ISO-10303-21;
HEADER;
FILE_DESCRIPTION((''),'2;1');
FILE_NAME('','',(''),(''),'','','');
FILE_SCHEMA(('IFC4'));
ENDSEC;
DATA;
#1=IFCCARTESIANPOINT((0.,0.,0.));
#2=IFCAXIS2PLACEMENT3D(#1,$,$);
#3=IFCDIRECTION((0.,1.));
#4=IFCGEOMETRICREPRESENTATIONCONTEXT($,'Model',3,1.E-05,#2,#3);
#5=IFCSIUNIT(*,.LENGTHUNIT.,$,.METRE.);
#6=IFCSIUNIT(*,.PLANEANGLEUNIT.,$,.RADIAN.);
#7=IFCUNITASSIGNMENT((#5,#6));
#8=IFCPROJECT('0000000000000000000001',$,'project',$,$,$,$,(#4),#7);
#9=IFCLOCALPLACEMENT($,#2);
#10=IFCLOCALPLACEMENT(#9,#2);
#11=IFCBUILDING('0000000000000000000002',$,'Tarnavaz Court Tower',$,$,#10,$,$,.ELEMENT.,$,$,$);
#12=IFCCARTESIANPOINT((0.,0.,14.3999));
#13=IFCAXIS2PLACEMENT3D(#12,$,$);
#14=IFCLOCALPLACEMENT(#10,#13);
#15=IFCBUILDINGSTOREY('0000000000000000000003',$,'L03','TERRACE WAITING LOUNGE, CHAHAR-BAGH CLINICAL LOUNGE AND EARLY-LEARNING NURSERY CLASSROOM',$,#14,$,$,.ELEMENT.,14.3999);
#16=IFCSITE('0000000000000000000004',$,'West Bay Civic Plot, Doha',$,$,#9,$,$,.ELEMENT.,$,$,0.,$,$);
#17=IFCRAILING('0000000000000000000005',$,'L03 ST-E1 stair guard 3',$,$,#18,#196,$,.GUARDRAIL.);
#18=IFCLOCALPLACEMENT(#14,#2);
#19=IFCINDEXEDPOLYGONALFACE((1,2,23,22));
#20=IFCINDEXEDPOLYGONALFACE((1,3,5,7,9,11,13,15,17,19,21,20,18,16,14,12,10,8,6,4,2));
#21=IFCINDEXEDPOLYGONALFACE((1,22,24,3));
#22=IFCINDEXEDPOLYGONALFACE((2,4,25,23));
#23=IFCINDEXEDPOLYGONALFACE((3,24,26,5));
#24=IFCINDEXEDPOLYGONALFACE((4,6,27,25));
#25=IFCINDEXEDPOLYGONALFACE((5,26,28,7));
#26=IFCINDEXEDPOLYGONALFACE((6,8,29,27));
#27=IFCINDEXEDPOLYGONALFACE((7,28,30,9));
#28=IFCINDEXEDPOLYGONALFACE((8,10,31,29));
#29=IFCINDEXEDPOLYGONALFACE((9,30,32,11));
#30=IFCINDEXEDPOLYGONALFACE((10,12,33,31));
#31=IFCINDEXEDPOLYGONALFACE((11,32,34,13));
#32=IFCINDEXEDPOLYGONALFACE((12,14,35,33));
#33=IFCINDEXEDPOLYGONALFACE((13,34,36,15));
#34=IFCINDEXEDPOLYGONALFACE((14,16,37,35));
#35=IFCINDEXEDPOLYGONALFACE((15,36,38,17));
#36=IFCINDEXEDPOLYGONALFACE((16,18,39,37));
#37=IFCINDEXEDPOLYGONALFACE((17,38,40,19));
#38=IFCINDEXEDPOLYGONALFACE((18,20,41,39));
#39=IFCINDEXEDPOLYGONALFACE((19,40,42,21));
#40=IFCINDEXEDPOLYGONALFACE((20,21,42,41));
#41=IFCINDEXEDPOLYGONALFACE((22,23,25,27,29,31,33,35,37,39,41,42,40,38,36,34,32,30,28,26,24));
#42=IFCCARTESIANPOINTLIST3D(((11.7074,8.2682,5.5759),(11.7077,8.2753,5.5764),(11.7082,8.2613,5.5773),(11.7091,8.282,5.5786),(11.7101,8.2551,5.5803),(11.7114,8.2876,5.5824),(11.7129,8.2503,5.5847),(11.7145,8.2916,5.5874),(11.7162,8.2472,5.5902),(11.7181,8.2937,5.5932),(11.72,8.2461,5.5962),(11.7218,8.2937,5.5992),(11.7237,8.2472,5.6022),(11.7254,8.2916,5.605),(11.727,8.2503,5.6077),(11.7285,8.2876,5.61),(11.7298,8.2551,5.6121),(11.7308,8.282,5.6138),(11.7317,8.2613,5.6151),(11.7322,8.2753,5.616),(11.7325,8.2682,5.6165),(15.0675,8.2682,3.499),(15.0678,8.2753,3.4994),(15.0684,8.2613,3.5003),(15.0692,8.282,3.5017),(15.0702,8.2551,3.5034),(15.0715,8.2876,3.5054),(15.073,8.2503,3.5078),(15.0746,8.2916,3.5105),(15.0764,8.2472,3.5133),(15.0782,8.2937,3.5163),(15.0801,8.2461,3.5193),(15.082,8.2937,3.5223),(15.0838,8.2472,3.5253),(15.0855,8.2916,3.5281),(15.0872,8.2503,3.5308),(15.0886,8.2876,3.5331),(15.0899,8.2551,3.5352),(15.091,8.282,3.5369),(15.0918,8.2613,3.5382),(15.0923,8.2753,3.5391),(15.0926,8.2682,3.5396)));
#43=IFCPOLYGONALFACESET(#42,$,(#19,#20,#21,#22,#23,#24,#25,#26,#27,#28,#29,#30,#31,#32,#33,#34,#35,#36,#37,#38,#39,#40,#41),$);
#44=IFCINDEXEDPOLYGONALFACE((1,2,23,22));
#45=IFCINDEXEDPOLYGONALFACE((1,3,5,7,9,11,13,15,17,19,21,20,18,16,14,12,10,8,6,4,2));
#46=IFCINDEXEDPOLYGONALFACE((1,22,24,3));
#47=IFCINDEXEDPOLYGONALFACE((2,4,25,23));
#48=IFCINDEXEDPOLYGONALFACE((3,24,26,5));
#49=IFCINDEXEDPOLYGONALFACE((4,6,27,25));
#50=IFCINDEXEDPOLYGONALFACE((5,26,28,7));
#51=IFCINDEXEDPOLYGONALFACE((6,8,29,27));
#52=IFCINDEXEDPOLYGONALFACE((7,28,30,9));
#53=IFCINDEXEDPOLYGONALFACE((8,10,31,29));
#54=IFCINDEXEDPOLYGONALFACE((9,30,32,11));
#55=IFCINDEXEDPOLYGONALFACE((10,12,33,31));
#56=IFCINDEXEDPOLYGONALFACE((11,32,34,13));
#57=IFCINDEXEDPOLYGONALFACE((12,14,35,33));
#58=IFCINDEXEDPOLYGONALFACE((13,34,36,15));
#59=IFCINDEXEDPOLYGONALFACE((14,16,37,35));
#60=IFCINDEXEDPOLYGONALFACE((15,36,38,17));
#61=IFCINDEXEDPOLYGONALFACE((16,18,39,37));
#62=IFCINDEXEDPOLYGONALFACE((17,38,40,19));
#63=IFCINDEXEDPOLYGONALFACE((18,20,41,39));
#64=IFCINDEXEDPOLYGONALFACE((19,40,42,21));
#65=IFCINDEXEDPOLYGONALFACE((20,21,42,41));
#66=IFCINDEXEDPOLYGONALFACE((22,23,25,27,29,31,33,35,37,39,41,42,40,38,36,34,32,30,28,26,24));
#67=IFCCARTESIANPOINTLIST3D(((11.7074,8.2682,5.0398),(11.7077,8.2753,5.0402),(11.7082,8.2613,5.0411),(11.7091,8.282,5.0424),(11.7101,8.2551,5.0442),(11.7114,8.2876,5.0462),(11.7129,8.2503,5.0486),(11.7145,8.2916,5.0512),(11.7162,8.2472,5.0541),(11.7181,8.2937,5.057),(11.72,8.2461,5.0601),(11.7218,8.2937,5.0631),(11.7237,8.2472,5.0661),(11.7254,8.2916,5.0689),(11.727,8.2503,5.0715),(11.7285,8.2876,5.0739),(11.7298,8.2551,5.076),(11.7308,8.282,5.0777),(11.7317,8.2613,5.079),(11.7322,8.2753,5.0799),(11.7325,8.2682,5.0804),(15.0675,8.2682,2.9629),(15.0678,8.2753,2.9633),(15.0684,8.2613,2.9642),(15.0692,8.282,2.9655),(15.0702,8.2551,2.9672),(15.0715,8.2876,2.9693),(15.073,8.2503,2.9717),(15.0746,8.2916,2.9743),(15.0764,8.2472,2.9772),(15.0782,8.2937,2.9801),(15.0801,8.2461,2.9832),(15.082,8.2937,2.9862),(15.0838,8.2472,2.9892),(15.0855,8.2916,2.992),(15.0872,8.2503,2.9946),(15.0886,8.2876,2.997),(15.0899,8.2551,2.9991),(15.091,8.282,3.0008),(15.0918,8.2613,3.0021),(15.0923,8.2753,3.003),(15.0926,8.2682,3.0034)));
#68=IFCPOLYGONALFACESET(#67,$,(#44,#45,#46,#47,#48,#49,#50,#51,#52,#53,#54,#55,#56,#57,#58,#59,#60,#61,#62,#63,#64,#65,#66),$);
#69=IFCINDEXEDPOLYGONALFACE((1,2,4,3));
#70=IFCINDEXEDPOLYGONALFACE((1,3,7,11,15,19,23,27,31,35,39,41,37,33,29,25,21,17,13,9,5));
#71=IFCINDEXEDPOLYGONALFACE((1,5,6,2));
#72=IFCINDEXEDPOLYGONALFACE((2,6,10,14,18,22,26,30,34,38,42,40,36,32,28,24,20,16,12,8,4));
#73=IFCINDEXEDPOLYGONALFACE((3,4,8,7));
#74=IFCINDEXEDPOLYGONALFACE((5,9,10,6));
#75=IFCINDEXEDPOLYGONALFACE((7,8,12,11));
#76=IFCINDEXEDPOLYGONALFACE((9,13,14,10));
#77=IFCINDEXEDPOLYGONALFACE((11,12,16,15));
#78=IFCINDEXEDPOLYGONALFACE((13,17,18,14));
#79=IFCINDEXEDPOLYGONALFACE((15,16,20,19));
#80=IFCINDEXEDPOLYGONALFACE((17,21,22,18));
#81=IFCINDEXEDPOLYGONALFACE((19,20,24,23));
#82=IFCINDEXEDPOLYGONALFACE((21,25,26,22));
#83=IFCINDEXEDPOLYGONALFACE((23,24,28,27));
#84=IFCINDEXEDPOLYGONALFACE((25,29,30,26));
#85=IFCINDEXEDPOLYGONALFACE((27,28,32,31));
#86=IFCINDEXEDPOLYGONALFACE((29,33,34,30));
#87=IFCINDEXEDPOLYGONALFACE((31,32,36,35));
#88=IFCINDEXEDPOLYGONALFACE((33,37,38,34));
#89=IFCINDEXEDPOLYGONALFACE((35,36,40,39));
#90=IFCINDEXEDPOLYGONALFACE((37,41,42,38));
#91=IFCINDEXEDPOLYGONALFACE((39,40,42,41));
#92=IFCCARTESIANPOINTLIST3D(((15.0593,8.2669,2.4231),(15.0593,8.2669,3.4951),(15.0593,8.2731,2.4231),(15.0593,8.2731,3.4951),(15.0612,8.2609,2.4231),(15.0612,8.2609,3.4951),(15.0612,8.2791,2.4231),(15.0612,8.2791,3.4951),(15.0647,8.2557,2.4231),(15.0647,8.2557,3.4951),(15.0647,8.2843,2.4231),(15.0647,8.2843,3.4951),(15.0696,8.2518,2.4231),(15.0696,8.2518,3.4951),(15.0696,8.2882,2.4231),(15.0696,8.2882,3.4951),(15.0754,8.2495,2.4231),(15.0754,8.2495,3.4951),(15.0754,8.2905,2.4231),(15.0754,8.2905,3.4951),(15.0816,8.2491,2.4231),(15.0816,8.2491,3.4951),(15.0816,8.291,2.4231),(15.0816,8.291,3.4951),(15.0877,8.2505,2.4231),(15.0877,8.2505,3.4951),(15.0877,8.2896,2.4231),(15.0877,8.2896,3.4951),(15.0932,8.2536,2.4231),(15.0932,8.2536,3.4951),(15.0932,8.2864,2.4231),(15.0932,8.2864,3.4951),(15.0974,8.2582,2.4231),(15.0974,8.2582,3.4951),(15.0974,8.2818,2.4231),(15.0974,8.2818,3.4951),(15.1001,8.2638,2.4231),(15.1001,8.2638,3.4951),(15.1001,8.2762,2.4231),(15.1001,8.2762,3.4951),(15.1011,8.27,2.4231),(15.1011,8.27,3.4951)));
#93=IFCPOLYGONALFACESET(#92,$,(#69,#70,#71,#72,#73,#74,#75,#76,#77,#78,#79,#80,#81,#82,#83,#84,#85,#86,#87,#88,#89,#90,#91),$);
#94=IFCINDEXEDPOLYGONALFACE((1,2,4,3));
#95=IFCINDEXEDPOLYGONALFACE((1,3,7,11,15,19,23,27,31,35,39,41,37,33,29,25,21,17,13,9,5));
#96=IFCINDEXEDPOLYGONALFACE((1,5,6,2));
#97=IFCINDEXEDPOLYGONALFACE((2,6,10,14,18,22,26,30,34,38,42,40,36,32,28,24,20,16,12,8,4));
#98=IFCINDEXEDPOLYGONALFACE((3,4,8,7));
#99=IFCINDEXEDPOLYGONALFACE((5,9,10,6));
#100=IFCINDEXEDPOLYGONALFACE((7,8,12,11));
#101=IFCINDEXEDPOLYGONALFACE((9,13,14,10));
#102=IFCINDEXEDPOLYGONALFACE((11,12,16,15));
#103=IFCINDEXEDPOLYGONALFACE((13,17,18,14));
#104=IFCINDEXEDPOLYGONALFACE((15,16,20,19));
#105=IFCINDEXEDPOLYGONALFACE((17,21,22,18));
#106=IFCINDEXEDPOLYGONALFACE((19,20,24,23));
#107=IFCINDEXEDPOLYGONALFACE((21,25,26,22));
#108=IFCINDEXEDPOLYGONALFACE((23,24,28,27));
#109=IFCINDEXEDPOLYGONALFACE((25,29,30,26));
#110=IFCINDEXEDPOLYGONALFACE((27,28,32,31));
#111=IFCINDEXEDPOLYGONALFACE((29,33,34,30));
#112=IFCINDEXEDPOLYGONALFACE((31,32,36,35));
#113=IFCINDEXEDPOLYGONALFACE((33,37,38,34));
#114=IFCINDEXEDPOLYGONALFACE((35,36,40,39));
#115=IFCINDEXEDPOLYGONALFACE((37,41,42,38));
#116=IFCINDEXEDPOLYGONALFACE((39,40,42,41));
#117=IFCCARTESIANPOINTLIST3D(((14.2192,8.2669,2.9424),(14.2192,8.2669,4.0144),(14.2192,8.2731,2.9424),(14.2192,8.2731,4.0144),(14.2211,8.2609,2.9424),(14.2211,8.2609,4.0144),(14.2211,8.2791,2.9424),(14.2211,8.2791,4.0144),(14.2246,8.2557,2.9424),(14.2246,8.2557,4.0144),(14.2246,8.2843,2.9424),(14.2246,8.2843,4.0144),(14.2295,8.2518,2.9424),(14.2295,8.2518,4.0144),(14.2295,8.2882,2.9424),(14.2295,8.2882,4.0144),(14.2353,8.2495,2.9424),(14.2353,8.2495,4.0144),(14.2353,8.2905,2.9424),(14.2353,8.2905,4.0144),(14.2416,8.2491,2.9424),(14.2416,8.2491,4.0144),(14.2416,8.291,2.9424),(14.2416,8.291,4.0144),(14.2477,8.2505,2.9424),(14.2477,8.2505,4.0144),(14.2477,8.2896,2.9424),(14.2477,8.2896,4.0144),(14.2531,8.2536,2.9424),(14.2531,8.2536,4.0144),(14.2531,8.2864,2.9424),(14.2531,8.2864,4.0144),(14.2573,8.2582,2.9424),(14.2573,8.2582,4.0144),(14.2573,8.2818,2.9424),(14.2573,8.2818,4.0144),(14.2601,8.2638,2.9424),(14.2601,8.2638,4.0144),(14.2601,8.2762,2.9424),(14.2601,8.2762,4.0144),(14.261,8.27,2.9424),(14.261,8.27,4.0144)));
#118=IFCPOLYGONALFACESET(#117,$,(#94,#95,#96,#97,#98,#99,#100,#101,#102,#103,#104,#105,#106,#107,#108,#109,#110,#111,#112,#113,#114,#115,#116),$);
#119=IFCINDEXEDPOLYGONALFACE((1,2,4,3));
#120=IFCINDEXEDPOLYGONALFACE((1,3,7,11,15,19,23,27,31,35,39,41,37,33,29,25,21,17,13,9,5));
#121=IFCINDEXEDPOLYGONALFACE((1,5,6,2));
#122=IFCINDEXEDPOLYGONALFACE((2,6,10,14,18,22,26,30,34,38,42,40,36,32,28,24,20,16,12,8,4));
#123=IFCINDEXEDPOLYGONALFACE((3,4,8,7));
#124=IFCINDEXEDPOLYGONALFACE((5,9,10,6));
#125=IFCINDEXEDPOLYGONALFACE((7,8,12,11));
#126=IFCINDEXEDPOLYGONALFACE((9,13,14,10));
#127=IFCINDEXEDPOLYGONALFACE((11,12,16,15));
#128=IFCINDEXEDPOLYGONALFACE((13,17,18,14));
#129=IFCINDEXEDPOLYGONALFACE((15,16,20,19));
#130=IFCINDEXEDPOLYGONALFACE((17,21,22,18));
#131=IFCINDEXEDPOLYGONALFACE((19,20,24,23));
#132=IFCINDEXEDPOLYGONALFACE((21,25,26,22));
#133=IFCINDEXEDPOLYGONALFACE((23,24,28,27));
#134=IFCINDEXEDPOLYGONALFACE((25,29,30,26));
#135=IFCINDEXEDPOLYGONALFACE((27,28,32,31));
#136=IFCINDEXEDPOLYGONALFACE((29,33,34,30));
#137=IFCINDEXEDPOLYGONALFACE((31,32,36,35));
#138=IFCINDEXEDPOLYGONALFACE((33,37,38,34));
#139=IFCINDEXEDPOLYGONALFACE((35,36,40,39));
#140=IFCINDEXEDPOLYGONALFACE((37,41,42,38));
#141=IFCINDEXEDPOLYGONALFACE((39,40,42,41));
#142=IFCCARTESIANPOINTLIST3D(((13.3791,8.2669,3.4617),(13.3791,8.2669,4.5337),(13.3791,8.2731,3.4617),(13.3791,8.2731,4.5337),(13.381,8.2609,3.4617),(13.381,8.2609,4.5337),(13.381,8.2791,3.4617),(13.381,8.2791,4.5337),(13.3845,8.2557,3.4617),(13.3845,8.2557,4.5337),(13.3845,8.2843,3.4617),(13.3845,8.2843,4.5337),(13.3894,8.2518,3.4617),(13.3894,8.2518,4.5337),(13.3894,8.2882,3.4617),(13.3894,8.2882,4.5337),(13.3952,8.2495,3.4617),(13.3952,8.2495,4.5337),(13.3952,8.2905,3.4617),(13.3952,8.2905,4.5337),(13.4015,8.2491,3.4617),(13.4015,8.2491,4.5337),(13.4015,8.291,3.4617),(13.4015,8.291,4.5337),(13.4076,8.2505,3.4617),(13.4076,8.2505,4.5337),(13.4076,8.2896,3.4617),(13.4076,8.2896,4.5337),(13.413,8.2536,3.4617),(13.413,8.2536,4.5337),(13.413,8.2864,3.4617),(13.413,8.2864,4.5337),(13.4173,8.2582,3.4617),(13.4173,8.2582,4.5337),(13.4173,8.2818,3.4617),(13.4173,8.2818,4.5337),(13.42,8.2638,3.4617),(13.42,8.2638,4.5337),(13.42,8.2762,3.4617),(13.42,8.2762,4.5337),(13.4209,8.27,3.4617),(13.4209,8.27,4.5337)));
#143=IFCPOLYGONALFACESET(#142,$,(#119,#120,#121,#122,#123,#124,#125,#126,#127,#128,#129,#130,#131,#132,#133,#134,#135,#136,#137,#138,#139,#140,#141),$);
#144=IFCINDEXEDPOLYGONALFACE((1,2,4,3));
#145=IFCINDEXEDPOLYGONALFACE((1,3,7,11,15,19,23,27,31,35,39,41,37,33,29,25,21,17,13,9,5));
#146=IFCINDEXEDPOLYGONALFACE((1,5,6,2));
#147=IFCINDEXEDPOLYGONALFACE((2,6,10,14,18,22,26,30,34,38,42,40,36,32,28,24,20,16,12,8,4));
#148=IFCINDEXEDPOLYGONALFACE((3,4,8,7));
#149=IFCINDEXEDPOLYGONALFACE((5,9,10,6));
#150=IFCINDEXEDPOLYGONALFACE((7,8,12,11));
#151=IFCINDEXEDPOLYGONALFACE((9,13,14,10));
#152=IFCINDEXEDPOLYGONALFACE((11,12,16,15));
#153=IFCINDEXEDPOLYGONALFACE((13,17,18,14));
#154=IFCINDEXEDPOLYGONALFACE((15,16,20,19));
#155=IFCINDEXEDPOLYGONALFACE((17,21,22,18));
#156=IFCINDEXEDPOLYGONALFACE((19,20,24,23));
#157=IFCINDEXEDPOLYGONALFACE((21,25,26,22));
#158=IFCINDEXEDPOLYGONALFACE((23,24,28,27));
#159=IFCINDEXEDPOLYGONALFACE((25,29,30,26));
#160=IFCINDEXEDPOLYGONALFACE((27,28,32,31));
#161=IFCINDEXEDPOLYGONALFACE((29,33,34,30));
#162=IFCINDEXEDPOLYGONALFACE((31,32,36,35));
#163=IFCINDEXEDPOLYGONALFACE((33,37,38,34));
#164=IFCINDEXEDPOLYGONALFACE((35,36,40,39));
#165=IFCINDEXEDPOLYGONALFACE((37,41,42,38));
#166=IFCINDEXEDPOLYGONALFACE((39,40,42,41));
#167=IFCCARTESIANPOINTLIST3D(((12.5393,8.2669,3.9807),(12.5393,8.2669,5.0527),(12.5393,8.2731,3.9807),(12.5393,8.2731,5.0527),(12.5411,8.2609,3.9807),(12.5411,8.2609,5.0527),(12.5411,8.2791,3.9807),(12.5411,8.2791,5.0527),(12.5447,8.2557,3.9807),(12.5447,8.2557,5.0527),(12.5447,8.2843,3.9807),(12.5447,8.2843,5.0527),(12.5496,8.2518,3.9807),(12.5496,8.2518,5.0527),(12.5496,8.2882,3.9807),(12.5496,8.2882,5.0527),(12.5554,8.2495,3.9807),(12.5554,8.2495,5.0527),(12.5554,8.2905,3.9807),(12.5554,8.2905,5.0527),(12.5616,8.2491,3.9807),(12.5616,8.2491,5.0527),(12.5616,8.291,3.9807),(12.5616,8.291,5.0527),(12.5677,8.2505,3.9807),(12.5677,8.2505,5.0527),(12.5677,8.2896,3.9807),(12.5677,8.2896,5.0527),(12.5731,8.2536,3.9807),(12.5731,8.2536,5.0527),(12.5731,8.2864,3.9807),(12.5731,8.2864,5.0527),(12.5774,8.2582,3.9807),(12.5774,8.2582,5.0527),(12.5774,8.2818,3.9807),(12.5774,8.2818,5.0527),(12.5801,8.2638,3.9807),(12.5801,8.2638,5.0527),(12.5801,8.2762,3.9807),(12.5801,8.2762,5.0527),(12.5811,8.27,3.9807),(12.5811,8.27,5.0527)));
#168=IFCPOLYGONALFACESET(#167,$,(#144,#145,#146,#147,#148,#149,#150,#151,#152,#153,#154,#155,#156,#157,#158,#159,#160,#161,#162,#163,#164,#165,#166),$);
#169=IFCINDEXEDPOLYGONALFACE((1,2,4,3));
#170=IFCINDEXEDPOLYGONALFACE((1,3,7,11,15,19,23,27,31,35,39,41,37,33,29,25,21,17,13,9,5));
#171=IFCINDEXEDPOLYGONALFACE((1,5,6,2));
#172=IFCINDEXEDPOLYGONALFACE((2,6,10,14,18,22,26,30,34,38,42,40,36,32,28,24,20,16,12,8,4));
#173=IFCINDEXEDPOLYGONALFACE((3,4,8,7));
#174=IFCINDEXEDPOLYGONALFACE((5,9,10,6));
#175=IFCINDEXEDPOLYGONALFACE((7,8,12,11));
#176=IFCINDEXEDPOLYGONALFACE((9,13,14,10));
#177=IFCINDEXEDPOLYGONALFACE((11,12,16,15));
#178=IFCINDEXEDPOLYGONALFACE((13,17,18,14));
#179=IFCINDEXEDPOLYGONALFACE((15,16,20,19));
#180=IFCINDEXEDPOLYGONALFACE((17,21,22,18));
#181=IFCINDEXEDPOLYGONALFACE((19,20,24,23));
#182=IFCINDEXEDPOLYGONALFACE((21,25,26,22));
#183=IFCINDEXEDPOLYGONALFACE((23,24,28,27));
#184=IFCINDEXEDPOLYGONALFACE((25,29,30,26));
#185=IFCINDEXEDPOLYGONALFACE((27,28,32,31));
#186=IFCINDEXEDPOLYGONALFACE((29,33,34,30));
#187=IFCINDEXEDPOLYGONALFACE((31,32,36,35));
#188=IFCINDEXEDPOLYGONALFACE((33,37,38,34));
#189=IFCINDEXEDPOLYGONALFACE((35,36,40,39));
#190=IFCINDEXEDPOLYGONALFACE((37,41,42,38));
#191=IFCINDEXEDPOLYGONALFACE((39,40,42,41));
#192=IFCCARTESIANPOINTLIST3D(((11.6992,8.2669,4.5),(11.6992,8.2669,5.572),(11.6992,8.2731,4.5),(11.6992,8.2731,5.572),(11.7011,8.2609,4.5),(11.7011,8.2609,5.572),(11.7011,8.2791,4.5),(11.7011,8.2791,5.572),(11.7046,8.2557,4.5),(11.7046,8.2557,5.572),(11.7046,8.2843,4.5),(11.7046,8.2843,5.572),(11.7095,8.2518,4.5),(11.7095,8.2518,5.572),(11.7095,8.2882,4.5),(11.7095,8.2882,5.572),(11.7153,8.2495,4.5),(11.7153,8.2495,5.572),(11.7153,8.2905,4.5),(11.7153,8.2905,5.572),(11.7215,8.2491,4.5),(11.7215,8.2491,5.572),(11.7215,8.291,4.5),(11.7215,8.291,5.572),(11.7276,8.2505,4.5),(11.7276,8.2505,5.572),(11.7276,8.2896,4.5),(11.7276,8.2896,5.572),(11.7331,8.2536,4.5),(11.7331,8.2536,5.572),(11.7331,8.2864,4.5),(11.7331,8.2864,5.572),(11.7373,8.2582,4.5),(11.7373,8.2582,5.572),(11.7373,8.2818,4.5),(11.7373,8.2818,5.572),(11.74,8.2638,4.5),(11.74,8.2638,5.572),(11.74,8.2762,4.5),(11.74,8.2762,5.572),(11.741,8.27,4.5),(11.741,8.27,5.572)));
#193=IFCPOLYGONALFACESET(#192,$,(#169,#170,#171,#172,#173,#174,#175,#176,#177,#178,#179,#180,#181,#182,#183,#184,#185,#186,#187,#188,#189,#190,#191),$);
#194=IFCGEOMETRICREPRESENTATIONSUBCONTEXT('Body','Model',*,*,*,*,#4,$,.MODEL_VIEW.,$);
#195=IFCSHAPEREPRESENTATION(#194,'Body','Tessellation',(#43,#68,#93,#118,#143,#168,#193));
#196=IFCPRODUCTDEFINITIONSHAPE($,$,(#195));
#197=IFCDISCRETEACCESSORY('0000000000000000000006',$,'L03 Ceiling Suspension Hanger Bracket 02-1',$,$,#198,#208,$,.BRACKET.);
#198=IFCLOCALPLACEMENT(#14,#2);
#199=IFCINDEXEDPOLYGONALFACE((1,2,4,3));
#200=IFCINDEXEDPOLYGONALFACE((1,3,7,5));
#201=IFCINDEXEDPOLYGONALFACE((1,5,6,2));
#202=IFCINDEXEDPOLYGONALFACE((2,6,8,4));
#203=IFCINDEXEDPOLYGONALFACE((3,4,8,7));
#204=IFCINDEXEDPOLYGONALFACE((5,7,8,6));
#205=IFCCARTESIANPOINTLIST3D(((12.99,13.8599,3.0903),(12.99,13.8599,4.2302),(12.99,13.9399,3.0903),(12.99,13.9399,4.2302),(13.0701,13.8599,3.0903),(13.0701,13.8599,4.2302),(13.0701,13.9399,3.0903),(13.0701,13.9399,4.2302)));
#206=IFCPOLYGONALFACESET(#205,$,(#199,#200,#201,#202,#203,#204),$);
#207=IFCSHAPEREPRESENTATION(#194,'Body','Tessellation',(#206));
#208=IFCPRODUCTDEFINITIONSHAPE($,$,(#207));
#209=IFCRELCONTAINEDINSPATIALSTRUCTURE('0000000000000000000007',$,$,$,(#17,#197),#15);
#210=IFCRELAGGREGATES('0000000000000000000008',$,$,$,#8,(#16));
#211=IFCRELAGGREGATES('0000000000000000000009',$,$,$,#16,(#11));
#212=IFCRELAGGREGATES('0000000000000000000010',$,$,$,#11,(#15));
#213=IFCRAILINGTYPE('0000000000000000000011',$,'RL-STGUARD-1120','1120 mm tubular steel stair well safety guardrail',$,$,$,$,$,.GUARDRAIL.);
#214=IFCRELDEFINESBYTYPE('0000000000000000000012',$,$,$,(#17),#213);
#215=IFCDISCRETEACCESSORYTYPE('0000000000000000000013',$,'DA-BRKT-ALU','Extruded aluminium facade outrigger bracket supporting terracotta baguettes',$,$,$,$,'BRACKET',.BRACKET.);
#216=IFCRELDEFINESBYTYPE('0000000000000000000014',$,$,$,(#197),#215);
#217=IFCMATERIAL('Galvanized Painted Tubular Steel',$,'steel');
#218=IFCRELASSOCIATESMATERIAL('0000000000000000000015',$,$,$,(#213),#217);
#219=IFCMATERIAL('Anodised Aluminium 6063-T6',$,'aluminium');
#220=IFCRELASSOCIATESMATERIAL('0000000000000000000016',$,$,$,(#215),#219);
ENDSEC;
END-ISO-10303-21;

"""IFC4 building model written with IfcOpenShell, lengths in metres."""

from ifc_helpers import new_model, si_unit, direction, frame, origin, origin_2d, place, context, subcontext, project, spatial, rectangle, circle, extrude, material, type_object, element, save


model = new_model("IFC4")

# Units and contexts
model_context = context("Model", 3, precision=1e-05, world=origin(), true_north=direction((0.0, 1.0)))
body_context = subcontext(model_context, "Body", "Model", "MODEL_VIEW")
ifc_project = project(units=[si_unit("LENGTHUNIT", "METRE"), si_unit("PLANEANGLEUNIT", "RADIAN")], contexts=[model_context])

# Site, building, storey
site_placement = place(None, origin())
site = spatial("IfcSite", under=ifc_project, at=site_placement, Name="West Bay Civic Plot, Doha", CompositionType="ELEMENT", RefElevation=0.0)
building_placement = place(site_placement, origin())
building = spatial("IfcBuilding", under=site, at=building_placement, Name="Tarnavaz Court Tower", CompositionType="ELEMENT")
storey_placement = place(building_placement, frame((0.0, 0.0, 14.3999)))
storey = spatial("IfcBuildingStorey", under=building, at=storey_placement, Name="L03", Description="TERRACE WAITING LOUNGE, CHAHAR-BAGH CLINICAL LOUNGE AND EARLY-LEARNING NURSERY CLASSROOM", CompositionType="ELEMENT", Elevation=14.3999)

# Railing
ifc_material_1 = material(Name="Galvanized Painted Tubular Steel", Category="steel")
railing_type_1 = type_object("IfcRailingType", Name="RL-STGUARD-1120", Description="1120 mm tubular steel stair well safety guardrail", PredefinedType="GUARDRAIL", material=ifc_material_1)
railing_1_placement = place(storey_placement, frame((15.0801, 8.27, 2.4231)))
element("IfcRailing", 1, at=railing_1_placement, inside=storey, type_object=railing_type_1, Name="L03 ST-E1 stair guard 3", PredefinedType="GUARDRAIL", context=body_context, shape_type="SweptSolid", body=[
    extrude(circle(Radius=0.0239, at=origin_2d()), frame((0.0, 0.0, 1.0962), z_axis=(-0.850623, 0.0, 0.525776), x_axis=(0.0, -1.0, 0.0)), (0.0, 0.0, 1.0), 3.9502),
    extrude(circle(Radius=0.0239, at=origin_2d()), frame((0.0, 0.0, 0.5601), z_axis=(-0.850623, 0.0, 0.525776), x_axis=(0.0, -1.0, 0.0)), (0.0, 0.0, 1.0), 3.9502),
    extrude(circle(Radius=0.021, at=origin_2d()), origin(), (0.0, 0.0, 1.0), 1.072),
    extrude(circle(Radius=0.021, at=origin_2d()), frame((-0.8401, 0.0, 0.5193)), (0.0, 0.0, 1.0), 1.072),
    extrude(circle(Radius=0.021, at=origin_2d()), frame((-1.6802, 0.0, 1.0386)), (0.0, 0.0, 1.0), 1.072),
    extrude(circle(Radius=0.021, at=origin_2d()), frame((-2.52, 0.0, 1.5576)), (0.0, 0.0, 1.0), 1.072),
    extrude(circle(Radius=0.021, at=origin_2d()), frame((-3.3601, 0.0, 2.0769)), (0.0, 0.0, 1.0), 1.072),
])

# Discrete accessory
ifc_material_2 = material(Name="Anodised Aluminium 6063-T6", Category="aluminium")
discrete_accessory_type = type_object("IfcDiscreteAccessoryType", Name="DA-BRKT-ALU", Description="Extruded aluminium facade outrigger bracket supporting terracotta baguettes", ElementType="BRACKET", PredefinedType="BRACKET", material=ifc_material_2)
for number, where, z_axis, x_axis, name in (
    (2, (13.03, 13.8999, 3.0903), (0.0, 0.0, 1.0), (1.0, 0.0, 0.0), "L03 Ceiling Suspension Hanger Bracket 02-1"),
):
    element("IfcDiscreteAccessory", number, at=place(storey_placement, frame(where, z_axis=z_axis, x_axis=x_axis)), inside=storey, type_object=discrete_accessory_type, Name=name, PredefinedType="BRACKET", context=body_context, shape_type="SweptSolid", body=[
        extrude(rectangle(XDim=0.0801, YDim=0.0801, at=origin_2d()), origin(), (0.0, 0.0, 1.0), 1.1399),
    ])

save(model, "model.ifc")
